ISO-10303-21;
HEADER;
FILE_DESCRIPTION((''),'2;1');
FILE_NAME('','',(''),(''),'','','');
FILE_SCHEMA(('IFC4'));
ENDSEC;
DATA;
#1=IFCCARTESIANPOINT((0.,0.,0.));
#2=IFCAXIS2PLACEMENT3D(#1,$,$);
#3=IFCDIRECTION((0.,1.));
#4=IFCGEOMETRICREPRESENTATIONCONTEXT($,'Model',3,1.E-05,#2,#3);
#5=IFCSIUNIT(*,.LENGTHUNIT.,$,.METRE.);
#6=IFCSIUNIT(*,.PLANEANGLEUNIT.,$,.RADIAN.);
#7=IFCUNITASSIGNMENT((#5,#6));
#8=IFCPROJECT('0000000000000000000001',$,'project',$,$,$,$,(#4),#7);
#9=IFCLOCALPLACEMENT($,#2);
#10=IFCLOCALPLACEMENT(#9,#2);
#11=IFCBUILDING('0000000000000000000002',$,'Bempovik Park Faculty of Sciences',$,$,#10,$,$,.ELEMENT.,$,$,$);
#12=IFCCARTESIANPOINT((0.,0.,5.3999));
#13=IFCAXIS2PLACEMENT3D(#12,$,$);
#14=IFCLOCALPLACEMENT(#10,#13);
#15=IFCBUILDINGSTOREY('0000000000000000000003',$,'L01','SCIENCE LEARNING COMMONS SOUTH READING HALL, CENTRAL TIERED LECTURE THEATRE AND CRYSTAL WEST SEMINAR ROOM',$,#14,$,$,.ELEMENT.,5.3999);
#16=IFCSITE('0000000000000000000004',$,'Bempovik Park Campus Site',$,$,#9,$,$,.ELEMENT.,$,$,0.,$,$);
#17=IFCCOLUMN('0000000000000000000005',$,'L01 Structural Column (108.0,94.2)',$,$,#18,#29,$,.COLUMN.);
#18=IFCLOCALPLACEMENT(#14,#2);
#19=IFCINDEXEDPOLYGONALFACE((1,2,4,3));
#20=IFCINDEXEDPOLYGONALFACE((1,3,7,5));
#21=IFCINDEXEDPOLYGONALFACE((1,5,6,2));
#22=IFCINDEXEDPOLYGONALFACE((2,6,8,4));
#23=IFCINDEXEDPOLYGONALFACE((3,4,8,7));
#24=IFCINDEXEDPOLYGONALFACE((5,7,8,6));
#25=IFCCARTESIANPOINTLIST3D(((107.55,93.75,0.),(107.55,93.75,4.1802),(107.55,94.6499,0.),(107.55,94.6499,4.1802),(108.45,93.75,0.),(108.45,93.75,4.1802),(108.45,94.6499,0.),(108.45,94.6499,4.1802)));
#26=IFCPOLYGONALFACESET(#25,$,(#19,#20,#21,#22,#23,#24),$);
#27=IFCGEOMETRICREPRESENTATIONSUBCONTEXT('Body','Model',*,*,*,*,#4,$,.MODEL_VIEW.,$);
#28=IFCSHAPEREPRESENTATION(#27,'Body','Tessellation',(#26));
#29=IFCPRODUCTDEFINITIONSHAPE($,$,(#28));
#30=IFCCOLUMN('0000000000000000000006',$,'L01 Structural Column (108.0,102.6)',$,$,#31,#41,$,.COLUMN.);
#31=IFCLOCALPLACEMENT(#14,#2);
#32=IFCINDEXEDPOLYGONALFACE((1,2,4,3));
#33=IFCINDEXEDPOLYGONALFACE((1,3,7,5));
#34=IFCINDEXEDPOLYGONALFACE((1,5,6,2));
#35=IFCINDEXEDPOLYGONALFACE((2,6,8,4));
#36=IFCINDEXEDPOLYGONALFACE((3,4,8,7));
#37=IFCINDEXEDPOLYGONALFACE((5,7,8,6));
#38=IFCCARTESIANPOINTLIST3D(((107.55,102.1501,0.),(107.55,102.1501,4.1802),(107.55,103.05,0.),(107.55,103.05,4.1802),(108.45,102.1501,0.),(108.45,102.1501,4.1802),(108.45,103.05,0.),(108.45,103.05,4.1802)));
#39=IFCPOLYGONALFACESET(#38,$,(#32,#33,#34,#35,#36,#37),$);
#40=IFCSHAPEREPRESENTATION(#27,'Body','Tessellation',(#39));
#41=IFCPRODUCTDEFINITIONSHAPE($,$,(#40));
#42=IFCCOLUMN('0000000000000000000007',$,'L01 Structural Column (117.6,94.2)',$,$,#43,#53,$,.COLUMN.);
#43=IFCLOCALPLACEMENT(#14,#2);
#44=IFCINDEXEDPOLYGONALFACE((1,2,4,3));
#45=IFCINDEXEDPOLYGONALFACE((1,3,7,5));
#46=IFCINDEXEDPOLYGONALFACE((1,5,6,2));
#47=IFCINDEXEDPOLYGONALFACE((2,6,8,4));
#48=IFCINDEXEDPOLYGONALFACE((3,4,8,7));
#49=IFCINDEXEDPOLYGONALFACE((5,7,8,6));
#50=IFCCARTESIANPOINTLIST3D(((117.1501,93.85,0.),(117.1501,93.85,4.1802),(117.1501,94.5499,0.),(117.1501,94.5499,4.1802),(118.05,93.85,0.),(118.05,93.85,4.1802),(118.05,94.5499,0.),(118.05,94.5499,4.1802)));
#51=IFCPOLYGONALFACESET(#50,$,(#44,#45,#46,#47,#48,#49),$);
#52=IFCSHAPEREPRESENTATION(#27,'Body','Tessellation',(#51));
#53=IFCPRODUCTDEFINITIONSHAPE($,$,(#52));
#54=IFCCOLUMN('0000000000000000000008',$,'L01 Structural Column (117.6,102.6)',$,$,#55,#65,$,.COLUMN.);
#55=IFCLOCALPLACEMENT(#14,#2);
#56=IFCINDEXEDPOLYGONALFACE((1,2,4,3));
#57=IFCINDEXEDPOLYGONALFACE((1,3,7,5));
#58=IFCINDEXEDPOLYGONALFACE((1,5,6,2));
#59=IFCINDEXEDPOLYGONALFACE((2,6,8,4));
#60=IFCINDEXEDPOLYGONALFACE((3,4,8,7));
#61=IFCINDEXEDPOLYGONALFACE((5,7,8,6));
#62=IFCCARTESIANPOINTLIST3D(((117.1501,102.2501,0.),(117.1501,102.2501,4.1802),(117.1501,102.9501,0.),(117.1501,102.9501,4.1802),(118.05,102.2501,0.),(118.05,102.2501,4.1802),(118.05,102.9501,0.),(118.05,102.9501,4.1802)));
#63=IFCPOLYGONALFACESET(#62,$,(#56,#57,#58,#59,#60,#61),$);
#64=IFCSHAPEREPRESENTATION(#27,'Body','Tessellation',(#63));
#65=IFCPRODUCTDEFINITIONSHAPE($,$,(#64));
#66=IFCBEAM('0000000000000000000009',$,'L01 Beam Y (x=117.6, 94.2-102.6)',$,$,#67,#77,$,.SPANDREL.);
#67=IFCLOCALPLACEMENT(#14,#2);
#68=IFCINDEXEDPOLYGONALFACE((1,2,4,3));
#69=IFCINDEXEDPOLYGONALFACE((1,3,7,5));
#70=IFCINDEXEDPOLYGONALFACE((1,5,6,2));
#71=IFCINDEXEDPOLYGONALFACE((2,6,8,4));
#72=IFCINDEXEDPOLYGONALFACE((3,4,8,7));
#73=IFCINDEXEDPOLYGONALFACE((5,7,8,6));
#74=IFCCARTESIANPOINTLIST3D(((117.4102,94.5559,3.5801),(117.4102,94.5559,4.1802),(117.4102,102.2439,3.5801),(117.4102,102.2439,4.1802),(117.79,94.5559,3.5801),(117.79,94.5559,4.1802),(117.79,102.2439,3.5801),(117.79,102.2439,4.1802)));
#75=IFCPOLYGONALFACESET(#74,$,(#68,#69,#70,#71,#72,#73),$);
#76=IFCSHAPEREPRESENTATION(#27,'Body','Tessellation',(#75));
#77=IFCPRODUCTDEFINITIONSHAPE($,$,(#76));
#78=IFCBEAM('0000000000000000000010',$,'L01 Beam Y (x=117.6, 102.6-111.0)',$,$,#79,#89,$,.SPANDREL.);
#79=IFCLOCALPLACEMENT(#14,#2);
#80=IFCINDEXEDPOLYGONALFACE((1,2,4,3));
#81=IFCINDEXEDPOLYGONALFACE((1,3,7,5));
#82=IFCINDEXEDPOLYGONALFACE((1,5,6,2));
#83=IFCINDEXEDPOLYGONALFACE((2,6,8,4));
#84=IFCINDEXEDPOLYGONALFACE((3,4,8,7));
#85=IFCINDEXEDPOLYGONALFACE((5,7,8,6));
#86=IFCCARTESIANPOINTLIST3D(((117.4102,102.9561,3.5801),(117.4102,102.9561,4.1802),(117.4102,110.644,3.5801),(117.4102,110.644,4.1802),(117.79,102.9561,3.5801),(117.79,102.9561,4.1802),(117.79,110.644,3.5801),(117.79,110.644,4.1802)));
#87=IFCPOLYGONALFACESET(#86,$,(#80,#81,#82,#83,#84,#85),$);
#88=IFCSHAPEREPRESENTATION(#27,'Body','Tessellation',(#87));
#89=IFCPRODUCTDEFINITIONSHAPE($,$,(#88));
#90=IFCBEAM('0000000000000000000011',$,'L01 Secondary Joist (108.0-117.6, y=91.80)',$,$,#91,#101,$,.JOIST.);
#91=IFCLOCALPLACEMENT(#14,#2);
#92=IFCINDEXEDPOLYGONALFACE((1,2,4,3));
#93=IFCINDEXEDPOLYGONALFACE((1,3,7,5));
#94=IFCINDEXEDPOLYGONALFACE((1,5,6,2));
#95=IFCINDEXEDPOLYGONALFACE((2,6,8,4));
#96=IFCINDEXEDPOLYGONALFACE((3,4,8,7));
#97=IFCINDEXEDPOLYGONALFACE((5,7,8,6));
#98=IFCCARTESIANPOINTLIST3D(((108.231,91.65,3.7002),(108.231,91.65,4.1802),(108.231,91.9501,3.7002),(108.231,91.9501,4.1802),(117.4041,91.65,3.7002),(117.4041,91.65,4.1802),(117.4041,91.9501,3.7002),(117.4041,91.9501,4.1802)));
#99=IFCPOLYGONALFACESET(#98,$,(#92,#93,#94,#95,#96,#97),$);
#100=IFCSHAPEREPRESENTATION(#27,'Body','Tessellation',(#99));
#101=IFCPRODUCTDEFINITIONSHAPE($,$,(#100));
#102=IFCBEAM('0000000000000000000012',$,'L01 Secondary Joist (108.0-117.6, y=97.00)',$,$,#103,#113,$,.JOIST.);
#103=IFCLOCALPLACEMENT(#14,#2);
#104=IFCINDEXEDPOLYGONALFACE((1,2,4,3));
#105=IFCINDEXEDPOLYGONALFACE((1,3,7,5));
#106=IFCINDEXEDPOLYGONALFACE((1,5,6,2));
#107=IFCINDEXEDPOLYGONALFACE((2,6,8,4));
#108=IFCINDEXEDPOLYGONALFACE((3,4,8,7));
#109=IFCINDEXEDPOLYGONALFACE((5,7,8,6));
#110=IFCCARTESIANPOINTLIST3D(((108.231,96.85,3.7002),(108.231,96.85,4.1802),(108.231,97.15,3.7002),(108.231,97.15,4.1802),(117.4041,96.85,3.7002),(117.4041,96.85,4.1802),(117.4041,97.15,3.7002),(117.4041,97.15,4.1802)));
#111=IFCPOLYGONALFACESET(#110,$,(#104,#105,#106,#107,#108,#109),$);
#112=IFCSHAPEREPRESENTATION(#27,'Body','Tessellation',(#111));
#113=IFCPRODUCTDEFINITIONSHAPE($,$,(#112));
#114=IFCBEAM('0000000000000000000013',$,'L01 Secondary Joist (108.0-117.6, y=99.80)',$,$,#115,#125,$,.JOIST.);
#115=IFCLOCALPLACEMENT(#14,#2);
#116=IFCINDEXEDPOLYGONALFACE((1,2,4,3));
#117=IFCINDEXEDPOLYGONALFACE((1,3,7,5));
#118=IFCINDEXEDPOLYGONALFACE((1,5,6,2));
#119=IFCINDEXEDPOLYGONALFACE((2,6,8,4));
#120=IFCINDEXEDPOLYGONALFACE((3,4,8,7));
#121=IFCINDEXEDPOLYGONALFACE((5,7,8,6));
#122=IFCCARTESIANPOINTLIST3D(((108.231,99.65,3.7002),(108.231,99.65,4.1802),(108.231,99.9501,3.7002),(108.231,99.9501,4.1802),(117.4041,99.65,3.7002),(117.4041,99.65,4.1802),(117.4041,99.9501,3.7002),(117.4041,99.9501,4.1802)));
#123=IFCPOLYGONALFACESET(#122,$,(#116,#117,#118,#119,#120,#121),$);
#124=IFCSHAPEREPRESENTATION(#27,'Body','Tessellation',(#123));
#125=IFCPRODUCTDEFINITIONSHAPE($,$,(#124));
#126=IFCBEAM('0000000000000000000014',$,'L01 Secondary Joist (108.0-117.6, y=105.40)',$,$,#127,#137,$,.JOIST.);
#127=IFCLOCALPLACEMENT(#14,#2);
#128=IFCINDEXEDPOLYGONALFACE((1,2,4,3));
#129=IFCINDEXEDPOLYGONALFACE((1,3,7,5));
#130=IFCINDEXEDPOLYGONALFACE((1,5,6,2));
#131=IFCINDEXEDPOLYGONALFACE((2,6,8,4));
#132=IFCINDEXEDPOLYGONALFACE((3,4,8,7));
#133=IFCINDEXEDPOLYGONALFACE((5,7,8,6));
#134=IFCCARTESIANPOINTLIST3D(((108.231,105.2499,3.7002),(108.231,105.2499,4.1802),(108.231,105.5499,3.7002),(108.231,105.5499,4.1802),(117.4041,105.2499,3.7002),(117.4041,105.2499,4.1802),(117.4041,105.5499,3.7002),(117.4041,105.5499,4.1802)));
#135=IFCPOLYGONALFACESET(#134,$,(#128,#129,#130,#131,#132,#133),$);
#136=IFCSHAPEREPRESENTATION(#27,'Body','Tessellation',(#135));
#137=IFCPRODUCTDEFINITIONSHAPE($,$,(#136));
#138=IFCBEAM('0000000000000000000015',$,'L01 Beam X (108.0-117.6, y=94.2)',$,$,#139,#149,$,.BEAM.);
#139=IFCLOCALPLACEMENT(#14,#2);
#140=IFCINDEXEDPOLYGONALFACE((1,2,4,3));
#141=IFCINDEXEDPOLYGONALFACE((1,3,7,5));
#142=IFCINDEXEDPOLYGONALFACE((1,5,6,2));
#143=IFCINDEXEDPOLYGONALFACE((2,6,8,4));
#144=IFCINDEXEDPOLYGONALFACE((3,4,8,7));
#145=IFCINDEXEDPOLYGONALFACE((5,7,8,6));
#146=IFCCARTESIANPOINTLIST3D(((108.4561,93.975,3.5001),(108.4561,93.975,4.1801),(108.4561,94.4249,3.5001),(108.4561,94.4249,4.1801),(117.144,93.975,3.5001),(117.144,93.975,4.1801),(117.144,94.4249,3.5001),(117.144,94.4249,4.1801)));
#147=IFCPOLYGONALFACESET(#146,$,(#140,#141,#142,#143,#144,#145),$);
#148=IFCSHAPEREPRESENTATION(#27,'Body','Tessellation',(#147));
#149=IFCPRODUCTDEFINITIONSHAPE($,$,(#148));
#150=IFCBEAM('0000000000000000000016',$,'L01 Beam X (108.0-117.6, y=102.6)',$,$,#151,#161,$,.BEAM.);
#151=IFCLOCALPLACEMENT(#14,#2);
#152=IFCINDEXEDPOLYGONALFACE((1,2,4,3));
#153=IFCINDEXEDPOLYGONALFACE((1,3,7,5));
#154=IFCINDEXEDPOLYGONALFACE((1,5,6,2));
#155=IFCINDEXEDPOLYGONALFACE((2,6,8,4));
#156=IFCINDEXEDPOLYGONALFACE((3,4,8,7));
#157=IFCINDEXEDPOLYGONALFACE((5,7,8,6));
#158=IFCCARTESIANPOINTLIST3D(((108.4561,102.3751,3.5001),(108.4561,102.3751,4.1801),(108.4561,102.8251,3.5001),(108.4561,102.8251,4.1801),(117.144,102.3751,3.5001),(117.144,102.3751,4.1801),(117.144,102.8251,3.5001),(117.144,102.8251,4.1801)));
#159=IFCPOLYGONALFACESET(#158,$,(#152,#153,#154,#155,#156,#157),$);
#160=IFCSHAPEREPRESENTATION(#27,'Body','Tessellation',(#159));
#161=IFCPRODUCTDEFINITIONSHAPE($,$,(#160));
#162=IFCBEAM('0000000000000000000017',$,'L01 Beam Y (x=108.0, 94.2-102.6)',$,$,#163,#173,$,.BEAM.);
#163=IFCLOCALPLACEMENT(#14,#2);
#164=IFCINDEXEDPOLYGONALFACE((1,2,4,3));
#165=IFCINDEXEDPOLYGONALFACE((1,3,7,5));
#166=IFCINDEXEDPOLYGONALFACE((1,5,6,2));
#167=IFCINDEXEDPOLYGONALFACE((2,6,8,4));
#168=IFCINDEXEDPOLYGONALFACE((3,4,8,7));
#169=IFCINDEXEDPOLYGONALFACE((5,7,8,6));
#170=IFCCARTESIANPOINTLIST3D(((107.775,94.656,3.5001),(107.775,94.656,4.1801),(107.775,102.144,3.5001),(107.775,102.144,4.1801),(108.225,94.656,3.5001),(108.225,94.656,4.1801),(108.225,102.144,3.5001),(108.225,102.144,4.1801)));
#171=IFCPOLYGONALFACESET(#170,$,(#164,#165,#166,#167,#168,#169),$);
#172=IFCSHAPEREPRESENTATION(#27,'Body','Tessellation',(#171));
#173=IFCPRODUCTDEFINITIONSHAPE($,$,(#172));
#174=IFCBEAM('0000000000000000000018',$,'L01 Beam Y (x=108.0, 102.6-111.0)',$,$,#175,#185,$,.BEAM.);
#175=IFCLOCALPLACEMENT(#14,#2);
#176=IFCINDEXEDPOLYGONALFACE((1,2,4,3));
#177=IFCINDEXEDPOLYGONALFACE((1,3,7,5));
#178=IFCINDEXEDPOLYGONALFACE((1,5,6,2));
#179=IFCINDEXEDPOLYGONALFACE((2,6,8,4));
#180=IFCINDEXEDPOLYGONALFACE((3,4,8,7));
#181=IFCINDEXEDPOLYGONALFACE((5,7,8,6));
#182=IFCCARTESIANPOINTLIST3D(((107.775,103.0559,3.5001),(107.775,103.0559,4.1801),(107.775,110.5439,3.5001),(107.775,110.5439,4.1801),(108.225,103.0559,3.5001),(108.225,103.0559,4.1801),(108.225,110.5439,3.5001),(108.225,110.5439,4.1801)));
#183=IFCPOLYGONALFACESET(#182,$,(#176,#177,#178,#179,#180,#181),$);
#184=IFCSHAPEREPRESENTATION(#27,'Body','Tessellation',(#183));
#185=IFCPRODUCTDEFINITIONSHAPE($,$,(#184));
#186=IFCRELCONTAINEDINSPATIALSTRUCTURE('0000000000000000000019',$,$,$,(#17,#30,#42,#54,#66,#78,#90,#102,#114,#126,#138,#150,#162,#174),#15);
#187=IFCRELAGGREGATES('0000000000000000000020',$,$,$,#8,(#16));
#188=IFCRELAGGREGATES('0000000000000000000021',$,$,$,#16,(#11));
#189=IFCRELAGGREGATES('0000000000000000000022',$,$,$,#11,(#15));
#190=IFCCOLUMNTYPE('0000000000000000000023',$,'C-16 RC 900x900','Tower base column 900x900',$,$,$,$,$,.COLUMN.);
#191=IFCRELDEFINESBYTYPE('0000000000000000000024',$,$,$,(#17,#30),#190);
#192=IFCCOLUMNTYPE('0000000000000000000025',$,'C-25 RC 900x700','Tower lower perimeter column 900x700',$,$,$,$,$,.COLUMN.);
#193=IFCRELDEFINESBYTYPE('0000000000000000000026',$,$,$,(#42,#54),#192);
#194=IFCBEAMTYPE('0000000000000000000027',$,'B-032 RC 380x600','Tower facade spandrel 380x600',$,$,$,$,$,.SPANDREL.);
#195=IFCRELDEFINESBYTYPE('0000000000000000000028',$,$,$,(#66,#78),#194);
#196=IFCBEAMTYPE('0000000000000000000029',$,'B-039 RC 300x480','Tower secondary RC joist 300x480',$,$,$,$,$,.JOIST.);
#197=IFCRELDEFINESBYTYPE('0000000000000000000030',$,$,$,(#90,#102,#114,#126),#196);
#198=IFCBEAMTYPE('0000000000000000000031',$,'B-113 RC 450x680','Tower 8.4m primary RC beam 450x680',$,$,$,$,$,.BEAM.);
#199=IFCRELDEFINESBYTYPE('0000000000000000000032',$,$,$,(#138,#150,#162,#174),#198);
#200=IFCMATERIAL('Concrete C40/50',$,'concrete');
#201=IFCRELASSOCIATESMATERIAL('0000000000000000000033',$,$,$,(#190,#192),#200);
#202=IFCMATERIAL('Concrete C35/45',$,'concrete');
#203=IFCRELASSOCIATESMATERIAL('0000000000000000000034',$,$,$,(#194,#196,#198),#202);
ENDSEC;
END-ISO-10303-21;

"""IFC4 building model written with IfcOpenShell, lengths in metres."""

from ifc_helpers import new_model, si_unit, direction, frame, origin, origin_2d, place, context, subcontext, project, spatial, rectangle, extrude, material, material_profile, profile_set, type_object, element, save


model = new_model("IFC4")

# Units and contexts
model_context = context("Model", 3, precision=1e-05, world=origin(), true_north=direction((0.0, 1.0)))
body_context = subcontext(model_context, "Body", "Model", "MODEL_VIEW")
ifc_project = project(units=[si_unit("LENGTHUNIT", "METRE"), si_unit("PLANEANGLEUNIT", "RADIAN")], contexts=[model_context])

# Site, building, storey
site_placement = place(None, origin())
site = spatial("IfcSite", under=ifc_project, at=site_placement, Name="Bempovik Park Campus Site", CompositionType="ELEMENT", RefElevation=0.0)
building_placement = place(site_placement, origin())
building = spatial("IfcBuilding", under=site, at=building_placement, Name="Bempovik Park Faculty of Sciences", CompositionType="ELEMENT")
storey_placement = place(building_placement, frame((0.0, 0.0, 5.3999)))
storey = spatial("IfcBuildingStorey", under=building, at=storey_placement, Name="L01", Description="SCIENCE LEARNING COMMONS SOUTH READING HALL, CENTRAL TIERED LECTURE THEATRE AND CRYSTAL WEST SEMINAR ROOM", CompositionType="ELEMENT", Elevation=5.3999)

# Columns
ifc_material_1 = material(Name="Concrete C40/50", Category="concrete")
ifc_material_profile_1 = material_profile(ifc_material_1, rectangle(XDim=0.8999, YDim=0.8999, at=origin_2d()), Name="RC 900x900")
ifc_profile_set_1 = profile_set([ifc_material_profile_1], Name="Concrete C40/50")
column_type_1 = type_object("IfcColumnType", Name="C-16 RC 900x900", Description="Tower base column 900x900", PredefinedType="COLUMN", material=ifc_profile_set_1)
for number, where, z_axis, x_axis, name in (
    (1, (108.0, 94.2, 0.0), (0.0, 0.0, 1.0), (1.0, 0.0, 0.0), "L01 Structural Column (108.0,94.2)"),
    (2, (108.0, 102.6001, 0.0), (0.0, 0.0, 1.0), (1.0, 0.0, 0.0), "L01 Structural Column (108.0,102.6)"),
):
    element("IfcColumn", number, at=place(storey_placement, frame(where, z_axis=z_axis, x_axis=x_axis)), inside=storey, type_object=column_type_1, Name=name, PredefinedType="COLUMN", context=body_context, shape_type="SweptSolid", body=[
        extrude(rectangle(XDim=0.8999, YDim=0.8999, at=origin_2d()), origin(), (0.0, 0.0, 1.0), 4.1802),
    ])
ifc_material_profile_2 = material_profile(ifc_material_1, rectangle(XDim=0.8999, YDim=0.7, at=origin_2d()), Name="RC 900x700")
ifc_profile_set_2 = profile_set([ifc_material_profile_2], Name="Concrete C40/50")
column_type_2 = type_object("IfcColumnType", Name="C-25 RC 900x700", Description="Tower lower perimeter column 900x700", PredefinedType="COLUMN", material=ifc_profile_set_2)
for number, where, z_axis, x_axis, name in (
    (3, (117.6001, 94.2, 0.0), (0.0, 0.0, 1.0), (1.0, 0.0, 0.0), "L01 Structural Column (117.6,94.2)"),
    (4, (117.6001, 102.6001, 0.0), (0.0, 0.0, 1.0), (1.0, 0.0, 0.0), "L01 Structural Column (117.6,102.6)"),
):
    element("IfcColumn", number, at=place(storey_placement, frame(where, z_axis=z_axis, x_axis=x_axis)), inside=storey, type_object=column_type_2, Name=name, PredefinedType="COLUMN", context=body_context, shape_type="SweptSolid", body=[
        extrude(rectangle(XDim=0.8999, YDim=0.7, at=origin_2d()), origin(), (0.0, 0.0, 1.0), 4.1802),
    ])

# Beams
ifc_material_2 = material(Name="Concrete C35/45", Category="concrete")
ifc_material_profile_3 = material_profile(ifc_material_2, rectangle(XDim=0.3799, YDim=0.6001, at=origin_2d()), Name="RC 380x600")
ifc_profile_set_3 = profile_set([ifc_material_profile_3], Name="Concrete C35/45")
beam_type_1 = type_object("IfcBeamType", Name="B-032 RC 380x600", Description="Tower facade spandrel 380x600", PredefinedType="SPANDREL", material=ifc_profile_set_3)
for number, where, z_axis, x_axis, name in (
    (5, (117.6001, 94.5559, 3.8801), (0.0, 1.0, 0.0), (-1.0, 0.0, 0.0), "L01 Beam Y (x=117.6, 94.2-102.6)"),
    (6, (117.6001, 102.9561, 3.8801), (0.0, 1.0, 0.0), (-1.0, 0.0, 0.0), "L01 Beam Y (x=117.6, 102.6-111.0)"),
):
    element("IfcBeam", number, at=place(storey_placement, frame(where, z_axis=z_axis, x_axis=x_axis)), inside=storey, type_object=beam_type_1, Name=name, PredefinedType="SPANDREL", context=body_context, shape_type="SweptSolid", body=[
        extrude(rectangle(XDim=0.3799, YDim=0.6001, at=origin_2d()), origin(), (0.0, 0.0, 1.0), 7.688),
    ])
ifc_material_profile_4 = material_profile(ifc_material_2, rectangle(XDim=0.3, YDim=0.48, at=origin_2d()), Name="RC 300x480")
ifc_profile_set_4 = profile_set([ifc_material_profile_4], Name="Concrete C35/45")
beam_type_2 = type_object("IfcBeamType", Name="B-039 RC 300x480", Description="Tower secondary RC joist 300x480", PredefinedType="JOIST", material=ifc_profile_set_4)
for number, where, z_axis, x_axis, name in (
    (7, (108.231, 91.8, 3.9402), (1.0, 0.0, 0.0), (0.0, 1.0, 0.0), "L01 Secondary Joist (108.0-117.6, y=91.80)"),
    (8, (108.231, 97.0, 3.9402), (1.0, 0.0, 0.0), (0.0, 1.0, 0.0), "L01 Secondary Joist (108.0-117.6, y=97.00)"),
    (9, (108.231, 99.8, 3.9402), (1.0, 0.0, 0.0), (0.0, 1.0, 0.0), "L01 Secondary Joist (108.0-117.6, y=99.80)"),
    (10, (108.231, 105.3999, 3.9402), (1.0, 0.0, 0.0), (0.0, 1.0, 0.0), "L01 Secondary Joist (108.0-117.6, y=105.40)"),
):
    element("IfcBeam", number, at=place(storey_placement, frame(where, z_axis=z_axis, x_axis=x_axis)), inside=storey, type_object=beam_type_2, Name=name, PredefinedType="JOIST", context=body_context, shape_type="SweptSolid", body=[
        extrude(rectangle(XDim=0.3, YDim=0.48, at=origin_2d()), origin(), (0.0, 0.0, 1.0), 9.1731),
    ])
ifc_material_profile_5 = material_profile(ifc_material_2, rectangle(XDim=0.45, YDim=0.6799, at=origin_2d()), Name="RC 450x680")
ifc_profile_set_5 = profile_set([ifc_material_profile_5], Name="Concrete C35/45")
beam_type_3 = type_object("IfcBeamType", Name="B-113 RC 450x680", Description="Tower 8.4m primary RC beam 450x680", PredefinedType="BEAM", material=ifc_profile_set_5)
for number, where, z_axis, x_axis, name in (
    (11, (108.4561, 94.2, 3.8401), (1.0, 0.0, 0.0), (0.0, 1.0, 0.0), "L01 Beam X (108.0-117.6, y=94.2)"),
    (12, (108.4561, 102.6001, 3.8401), (1.0, 0.0, 0.0), (0.0, 1.0, 0.0), "L01 Beam X (108.0-117.6, y=102.6)"),
):
    element("IfcBeam", number, at=place(storey_placement, frame(where, z_axis=z_axis, x_axis=x_axis)), inside=storey, type_object=beam_type_3, Name=name, PredefinedType="BEAM", context=body_context, shape_type="SweptSolid", body=[
        extrude(rectangle(XDim=0.45, YDim=0.6799, at=origin_2d()), origin(), (0.0, 0.0, 1.0), 8.688),
    ])
for number, where, z_axis, x_axis, name in (
    (13, (108.0, 94.656, 3.8401), (0.0, 1.0, 0.0), (-1.0, 0.0, 0.0), "L01 Beam Y (x=108.0, 94.2-102.6)"),
    (14, (108.0, 103.0559, 3.8401), (0.0, 1.0, 0.0), (-1.0, 0.0, 0.0), "L01 Beam Y (x=108.0, 102.6-111.0)"),
):
    element("IfcBeam", number, at=place(storey_placement, frame(where, z_axis=z_axis, x_axis=x_axis)), inside=storey, type_object=beam_type_3, Name=name, PredefinedType="BEAM", context=body_context, shape_type="SweptSolid", body=[
        extrude(rectangle(XDim=0.45, YDim=0.6799, at=origin_2d()), origin(), (0.0, 0.0, 1.0), 7.488),
    ])

save(model, "model.ifc")
